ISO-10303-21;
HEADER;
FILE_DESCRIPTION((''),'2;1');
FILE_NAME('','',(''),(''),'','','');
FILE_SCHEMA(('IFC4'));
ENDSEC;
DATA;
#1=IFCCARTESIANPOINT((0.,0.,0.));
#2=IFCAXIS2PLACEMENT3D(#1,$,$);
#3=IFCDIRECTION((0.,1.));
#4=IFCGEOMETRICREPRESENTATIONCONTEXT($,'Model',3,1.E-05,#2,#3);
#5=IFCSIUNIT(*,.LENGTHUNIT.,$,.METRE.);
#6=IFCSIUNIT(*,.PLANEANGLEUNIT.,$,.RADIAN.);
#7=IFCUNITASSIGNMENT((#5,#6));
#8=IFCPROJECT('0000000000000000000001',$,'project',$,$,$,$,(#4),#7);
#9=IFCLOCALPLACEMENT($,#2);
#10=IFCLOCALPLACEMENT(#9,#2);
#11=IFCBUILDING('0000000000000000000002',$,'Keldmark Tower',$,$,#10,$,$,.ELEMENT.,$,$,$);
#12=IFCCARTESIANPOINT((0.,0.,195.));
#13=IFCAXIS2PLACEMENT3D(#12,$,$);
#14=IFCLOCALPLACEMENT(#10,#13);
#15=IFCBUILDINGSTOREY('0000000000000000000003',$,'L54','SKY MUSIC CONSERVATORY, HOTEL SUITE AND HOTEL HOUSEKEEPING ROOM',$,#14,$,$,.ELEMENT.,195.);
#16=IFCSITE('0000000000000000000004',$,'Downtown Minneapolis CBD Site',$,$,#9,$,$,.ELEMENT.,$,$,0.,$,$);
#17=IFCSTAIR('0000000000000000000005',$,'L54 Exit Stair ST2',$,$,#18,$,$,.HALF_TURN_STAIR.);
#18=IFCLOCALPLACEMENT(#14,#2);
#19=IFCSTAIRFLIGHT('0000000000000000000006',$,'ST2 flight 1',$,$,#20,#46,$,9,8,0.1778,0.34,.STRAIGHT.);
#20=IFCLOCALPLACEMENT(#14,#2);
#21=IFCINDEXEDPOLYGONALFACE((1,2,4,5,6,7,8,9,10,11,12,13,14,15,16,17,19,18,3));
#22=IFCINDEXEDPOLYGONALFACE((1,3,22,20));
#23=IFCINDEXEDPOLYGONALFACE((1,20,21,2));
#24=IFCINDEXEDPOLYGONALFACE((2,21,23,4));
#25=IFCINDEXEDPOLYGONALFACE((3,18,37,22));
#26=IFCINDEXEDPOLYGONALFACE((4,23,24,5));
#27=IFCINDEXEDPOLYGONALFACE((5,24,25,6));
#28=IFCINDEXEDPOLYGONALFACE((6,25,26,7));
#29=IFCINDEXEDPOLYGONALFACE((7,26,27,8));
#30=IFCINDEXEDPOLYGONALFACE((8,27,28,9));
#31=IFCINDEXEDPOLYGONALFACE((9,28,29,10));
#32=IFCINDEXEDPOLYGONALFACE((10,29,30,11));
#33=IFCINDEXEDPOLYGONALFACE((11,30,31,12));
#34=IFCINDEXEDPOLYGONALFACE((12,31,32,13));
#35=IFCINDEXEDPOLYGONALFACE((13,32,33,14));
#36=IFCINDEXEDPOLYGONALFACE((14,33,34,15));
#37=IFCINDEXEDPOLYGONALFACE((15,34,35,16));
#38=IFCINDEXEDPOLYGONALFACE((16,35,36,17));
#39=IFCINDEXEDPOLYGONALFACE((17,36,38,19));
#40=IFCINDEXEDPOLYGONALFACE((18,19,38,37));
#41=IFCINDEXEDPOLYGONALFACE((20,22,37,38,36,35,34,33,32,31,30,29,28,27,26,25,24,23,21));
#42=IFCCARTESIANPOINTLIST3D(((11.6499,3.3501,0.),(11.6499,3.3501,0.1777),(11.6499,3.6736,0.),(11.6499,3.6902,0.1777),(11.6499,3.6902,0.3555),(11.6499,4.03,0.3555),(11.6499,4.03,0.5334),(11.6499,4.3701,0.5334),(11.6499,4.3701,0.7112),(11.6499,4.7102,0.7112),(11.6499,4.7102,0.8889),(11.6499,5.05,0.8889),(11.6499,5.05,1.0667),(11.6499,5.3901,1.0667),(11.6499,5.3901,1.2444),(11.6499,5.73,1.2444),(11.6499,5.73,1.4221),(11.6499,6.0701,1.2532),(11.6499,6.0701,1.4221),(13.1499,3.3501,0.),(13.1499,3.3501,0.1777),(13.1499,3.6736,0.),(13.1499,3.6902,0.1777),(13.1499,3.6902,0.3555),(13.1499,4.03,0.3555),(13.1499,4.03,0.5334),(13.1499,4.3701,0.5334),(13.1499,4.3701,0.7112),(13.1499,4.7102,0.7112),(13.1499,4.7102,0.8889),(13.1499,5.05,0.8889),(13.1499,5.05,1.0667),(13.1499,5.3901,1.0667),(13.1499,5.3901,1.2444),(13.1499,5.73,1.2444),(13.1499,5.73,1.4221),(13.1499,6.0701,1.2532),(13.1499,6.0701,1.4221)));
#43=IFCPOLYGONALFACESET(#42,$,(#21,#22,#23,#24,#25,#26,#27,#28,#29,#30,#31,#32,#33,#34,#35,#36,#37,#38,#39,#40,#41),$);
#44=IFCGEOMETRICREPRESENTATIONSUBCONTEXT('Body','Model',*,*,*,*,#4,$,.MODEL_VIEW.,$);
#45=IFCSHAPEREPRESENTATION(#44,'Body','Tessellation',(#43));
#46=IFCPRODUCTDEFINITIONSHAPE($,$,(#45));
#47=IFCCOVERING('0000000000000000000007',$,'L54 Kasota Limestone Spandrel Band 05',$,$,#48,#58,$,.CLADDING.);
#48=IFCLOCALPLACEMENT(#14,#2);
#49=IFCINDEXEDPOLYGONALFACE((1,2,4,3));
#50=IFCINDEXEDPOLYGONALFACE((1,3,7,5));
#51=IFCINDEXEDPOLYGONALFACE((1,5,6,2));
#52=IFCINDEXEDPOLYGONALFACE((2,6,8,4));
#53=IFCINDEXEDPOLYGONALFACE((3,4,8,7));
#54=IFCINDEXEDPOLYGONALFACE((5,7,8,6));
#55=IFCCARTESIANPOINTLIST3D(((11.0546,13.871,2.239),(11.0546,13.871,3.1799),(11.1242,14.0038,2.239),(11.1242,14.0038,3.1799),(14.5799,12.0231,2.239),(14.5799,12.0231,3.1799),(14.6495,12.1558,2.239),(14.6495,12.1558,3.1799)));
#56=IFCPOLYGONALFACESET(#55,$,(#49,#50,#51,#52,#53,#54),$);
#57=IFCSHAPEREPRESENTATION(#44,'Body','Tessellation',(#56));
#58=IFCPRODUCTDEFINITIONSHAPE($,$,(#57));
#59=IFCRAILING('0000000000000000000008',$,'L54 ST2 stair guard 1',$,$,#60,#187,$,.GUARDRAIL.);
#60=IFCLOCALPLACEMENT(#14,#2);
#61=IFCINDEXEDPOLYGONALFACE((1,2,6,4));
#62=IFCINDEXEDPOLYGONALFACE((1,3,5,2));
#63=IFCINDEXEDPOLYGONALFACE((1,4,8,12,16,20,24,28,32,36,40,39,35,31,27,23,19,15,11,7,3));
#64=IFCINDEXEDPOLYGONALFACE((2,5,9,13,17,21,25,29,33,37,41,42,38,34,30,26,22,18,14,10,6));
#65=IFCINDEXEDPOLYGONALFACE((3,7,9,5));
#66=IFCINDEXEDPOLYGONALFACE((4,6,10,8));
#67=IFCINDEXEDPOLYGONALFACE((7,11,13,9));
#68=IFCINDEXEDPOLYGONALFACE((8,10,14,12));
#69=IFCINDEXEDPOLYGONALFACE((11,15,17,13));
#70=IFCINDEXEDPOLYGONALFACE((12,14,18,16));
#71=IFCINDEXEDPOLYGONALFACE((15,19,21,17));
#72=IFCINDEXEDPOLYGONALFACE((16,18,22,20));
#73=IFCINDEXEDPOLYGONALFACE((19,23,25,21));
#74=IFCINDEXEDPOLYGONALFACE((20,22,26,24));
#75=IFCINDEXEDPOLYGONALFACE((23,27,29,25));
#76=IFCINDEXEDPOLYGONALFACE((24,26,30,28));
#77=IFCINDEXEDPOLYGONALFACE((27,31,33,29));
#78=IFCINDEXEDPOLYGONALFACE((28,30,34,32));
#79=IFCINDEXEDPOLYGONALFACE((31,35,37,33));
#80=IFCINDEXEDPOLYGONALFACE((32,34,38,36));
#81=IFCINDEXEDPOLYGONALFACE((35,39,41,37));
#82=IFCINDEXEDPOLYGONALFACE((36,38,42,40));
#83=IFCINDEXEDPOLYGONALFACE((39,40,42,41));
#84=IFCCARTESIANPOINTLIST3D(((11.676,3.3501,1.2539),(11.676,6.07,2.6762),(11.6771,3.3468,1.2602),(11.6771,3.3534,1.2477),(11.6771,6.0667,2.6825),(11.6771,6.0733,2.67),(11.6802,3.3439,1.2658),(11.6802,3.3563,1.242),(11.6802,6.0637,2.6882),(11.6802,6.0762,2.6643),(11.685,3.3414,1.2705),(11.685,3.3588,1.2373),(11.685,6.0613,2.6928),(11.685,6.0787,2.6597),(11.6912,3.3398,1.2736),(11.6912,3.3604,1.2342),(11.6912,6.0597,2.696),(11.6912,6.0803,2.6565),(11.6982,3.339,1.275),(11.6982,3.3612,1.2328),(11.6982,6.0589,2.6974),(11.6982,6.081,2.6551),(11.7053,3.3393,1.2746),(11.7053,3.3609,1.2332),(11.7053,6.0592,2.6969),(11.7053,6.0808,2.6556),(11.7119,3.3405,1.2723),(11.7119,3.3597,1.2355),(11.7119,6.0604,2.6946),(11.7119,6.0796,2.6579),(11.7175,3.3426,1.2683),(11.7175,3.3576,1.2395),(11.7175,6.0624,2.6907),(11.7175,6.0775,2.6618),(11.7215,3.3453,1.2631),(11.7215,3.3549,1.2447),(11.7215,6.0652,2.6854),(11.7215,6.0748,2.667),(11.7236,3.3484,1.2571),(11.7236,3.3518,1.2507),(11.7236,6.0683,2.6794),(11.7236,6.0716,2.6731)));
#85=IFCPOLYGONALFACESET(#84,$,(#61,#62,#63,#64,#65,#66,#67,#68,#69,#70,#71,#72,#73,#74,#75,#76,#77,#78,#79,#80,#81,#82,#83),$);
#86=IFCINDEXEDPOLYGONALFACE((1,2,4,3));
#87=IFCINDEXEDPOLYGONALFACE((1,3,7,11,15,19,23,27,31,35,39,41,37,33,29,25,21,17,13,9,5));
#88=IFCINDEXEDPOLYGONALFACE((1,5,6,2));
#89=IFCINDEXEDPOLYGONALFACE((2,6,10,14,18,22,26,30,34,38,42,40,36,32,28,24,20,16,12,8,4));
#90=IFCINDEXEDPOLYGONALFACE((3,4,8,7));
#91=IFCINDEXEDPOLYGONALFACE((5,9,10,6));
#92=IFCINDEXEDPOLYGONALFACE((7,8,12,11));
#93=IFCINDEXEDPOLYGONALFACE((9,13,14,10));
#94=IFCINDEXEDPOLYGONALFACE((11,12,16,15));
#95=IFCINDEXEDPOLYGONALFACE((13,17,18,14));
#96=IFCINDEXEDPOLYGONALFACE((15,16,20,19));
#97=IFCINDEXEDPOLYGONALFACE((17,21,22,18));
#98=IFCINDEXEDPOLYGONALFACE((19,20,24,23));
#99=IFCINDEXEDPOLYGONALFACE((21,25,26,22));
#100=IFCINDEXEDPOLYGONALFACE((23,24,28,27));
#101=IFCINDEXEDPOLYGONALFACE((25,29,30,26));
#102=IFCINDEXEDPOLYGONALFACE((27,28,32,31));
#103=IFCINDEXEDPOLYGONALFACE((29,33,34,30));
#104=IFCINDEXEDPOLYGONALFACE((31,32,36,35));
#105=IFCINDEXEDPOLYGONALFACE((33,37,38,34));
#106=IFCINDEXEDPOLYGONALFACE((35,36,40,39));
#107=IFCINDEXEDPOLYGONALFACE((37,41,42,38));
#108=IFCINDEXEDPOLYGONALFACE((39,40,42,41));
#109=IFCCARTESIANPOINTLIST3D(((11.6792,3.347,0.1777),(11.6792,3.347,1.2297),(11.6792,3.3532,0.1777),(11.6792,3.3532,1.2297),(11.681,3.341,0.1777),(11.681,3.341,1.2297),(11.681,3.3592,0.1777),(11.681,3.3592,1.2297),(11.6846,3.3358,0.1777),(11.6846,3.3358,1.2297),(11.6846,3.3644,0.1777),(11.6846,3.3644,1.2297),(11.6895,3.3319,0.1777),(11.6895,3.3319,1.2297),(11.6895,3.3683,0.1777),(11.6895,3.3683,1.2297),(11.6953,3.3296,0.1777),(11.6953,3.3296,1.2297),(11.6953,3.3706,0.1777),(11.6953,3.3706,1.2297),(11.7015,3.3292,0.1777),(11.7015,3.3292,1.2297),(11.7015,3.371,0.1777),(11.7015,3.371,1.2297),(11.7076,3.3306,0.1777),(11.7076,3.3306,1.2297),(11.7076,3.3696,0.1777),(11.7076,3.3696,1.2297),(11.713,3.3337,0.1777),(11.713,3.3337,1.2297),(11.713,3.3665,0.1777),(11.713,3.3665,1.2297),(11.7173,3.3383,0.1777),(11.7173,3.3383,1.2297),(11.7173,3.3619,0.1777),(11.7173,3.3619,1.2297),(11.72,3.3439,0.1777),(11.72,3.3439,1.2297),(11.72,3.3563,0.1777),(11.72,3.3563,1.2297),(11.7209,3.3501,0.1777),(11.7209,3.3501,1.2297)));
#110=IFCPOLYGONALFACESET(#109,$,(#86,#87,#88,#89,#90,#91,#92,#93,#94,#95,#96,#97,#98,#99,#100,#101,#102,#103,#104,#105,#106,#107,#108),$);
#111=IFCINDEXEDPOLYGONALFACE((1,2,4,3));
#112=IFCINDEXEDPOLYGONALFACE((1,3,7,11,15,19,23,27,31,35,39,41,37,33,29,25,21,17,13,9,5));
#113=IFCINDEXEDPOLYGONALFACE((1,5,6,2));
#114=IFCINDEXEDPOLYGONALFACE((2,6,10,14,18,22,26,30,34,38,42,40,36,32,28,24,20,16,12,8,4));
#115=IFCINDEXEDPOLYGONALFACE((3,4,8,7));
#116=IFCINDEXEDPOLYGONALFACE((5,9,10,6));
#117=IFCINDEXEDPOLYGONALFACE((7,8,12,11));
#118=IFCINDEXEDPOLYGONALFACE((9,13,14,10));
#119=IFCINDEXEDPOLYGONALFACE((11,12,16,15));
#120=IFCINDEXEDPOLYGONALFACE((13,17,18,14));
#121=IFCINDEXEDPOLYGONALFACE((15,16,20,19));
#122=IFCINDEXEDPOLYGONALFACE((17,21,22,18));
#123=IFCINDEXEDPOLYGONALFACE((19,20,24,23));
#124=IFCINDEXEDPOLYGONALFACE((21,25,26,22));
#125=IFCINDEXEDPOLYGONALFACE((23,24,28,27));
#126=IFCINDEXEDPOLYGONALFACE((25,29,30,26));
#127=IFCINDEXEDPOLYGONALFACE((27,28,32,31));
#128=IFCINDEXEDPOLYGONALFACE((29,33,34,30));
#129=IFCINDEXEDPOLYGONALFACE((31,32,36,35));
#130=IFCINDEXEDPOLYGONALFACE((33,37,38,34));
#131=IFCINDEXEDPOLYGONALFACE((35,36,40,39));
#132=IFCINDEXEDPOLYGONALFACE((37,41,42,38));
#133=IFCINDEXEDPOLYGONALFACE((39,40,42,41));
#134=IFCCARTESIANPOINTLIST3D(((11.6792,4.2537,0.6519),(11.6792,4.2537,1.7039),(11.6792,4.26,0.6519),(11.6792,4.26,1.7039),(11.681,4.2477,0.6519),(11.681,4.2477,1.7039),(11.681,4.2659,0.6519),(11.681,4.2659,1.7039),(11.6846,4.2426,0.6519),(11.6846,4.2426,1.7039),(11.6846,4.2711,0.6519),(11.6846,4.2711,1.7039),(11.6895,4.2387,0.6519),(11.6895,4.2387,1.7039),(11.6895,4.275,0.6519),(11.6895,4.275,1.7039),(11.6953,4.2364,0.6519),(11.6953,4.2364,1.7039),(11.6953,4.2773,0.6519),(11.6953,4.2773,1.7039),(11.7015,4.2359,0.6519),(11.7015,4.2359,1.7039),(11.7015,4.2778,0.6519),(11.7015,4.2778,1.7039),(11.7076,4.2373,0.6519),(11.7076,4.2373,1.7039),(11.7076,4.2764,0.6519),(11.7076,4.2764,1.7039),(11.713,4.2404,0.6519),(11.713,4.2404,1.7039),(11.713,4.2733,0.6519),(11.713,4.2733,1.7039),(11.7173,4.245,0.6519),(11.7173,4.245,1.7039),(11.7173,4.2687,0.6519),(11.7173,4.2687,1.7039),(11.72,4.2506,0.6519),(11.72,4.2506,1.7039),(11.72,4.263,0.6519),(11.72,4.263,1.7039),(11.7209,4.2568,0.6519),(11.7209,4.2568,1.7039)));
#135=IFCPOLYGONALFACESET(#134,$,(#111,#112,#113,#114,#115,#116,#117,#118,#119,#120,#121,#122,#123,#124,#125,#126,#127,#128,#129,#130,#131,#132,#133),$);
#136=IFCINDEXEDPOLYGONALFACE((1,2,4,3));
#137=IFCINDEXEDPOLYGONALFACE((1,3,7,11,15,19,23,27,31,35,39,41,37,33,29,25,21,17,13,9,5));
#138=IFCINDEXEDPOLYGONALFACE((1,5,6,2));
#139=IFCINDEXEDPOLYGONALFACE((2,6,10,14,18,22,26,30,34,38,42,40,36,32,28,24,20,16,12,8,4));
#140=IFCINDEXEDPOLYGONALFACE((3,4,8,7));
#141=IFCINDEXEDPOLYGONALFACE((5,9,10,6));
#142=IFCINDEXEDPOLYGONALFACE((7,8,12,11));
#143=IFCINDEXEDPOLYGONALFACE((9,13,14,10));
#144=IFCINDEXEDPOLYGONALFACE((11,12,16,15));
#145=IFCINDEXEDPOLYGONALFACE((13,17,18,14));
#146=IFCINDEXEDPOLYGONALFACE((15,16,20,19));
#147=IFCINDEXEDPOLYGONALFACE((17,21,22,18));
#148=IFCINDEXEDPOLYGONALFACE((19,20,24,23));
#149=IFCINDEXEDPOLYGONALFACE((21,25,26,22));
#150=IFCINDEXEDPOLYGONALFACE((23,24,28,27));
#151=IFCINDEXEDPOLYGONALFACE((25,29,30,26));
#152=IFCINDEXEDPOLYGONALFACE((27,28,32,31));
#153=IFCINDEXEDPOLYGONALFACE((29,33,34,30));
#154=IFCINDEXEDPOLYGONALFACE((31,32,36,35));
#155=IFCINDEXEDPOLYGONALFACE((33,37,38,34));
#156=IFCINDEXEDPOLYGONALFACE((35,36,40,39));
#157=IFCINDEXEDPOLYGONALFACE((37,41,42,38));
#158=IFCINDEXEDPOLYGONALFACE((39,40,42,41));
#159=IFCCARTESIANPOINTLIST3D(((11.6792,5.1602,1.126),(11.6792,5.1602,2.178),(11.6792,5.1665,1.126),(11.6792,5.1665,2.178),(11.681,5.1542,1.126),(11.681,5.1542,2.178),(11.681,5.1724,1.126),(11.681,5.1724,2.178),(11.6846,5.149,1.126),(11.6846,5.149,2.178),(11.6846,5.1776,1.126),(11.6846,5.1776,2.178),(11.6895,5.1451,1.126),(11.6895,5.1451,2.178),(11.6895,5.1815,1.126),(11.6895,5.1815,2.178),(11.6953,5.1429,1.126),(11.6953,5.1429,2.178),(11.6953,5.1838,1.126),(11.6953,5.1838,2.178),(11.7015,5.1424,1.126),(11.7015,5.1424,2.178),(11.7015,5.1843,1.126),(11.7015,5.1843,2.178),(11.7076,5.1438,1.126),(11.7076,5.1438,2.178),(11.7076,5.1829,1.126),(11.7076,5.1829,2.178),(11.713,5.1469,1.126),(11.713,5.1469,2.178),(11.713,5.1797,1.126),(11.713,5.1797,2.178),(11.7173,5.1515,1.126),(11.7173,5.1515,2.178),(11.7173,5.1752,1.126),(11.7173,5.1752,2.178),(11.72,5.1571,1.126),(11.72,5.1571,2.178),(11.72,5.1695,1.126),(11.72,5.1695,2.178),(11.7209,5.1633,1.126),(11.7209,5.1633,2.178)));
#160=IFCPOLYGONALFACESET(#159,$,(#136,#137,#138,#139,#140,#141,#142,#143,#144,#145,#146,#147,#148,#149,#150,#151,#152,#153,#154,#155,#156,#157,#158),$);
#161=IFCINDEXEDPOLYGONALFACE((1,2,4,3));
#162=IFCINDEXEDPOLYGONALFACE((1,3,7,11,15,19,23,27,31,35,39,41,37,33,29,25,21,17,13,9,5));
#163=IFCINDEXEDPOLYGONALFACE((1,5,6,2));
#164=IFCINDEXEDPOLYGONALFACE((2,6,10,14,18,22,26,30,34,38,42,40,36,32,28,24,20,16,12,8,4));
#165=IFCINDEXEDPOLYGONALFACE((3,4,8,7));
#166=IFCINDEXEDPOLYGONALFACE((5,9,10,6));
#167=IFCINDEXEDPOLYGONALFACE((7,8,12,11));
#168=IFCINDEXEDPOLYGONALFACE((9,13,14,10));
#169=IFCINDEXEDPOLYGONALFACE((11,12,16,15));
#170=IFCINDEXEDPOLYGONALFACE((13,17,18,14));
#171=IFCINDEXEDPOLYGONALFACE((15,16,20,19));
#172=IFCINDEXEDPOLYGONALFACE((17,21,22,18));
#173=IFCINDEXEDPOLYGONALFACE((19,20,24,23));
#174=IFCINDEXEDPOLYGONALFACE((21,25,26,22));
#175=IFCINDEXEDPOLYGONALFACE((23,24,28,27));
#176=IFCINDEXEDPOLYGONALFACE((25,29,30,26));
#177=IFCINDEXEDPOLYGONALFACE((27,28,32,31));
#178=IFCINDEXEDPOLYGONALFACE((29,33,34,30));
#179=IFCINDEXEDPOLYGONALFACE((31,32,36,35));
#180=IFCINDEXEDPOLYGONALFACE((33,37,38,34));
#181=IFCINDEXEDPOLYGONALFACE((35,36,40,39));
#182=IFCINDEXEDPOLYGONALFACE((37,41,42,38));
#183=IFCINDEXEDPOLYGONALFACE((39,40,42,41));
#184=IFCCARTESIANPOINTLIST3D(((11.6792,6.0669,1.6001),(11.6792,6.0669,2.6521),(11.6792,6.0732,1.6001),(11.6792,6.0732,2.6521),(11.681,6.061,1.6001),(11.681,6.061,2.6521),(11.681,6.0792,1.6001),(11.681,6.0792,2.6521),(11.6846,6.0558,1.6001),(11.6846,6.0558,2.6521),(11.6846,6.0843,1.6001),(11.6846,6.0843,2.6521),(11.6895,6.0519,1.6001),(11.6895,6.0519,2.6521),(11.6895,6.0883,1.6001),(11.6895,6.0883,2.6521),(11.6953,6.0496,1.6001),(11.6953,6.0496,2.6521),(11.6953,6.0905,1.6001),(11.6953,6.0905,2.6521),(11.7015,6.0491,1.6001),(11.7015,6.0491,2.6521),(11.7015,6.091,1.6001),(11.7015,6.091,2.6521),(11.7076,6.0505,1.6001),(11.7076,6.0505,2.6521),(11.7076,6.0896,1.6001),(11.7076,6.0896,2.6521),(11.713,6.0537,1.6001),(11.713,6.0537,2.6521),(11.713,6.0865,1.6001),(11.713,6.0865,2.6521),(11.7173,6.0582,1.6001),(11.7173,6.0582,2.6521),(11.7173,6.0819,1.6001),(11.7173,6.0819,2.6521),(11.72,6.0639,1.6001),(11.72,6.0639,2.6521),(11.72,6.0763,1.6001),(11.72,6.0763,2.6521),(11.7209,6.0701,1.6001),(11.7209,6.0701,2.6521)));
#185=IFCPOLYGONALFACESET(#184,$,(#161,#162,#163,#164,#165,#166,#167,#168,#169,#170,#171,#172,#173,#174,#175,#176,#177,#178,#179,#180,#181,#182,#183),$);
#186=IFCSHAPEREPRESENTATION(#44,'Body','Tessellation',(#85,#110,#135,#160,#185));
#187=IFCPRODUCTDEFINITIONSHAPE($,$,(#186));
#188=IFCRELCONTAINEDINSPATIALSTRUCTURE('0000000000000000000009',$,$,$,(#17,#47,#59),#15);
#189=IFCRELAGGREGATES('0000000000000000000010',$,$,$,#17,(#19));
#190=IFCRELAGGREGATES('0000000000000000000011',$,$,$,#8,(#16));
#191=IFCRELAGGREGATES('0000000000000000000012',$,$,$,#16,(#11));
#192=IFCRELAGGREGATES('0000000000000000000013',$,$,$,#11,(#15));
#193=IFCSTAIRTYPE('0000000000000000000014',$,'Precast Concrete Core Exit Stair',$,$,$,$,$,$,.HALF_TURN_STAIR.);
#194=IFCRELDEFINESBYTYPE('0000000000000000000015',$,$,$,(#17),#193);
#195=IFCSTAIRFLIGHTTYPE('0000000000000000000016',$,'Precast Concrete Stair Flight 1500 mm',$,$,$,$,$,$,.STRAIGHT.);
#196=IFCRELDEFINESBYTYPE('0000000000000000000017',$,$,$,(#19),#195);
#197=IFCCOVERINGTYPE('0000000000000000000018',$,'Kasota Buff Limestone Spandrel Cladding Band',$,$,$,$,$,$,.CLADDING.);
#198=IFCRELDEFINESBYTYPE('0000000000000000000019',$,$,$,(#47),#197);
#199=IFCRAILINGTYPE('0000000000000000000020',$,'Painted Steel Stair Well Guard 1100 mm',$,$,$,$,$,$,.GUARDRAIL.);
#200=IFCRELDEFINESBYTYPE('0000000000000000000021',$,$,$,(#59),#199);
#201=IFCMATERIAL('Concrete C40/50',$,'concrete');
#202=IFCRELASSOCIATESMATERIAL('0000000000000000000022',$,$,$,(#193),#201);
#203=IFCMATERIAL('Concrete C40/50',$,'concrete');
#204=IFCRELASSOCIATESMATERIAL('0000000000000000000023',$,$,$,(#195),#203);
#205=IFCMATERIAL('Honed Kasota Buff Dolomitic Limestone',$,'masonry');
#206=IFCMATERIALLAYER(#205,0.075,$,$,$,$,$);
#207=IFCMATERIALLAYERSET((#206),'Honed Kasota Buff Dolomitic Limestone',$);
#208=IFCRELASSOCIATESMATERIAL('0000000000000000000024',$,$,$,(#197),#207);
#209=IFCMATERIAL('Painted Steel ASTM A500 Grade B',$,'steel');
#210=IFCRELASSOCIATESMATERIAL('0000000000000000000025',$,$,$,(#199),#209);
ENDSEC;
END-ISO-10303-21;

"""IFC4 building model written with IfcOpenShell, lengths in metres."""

from ifc_helpers import new_model, si_unit, direction, frame, origin, origin_2d, place, context, subcontext, project, spatial, polyline, rectangle, circle, outline, extrude, material, layer, layer_set, type_object, element, aggregate, save


model = new_model("IFC4")

# Units and contexts
model_context = context("Model", 3, precision=1e-05, world=origin(), true_north=direction((0.0, 1.0)))
body_context = subcontext(model_context, "Body", "Model", "MODEL_VIEW")
ifc_project = project(units=[si_unit("LENGTHUNIT", "METRE"), si_unit("PLANEANGLEUNIT", "RADIAN")], contexts=[model_context])

# Site, building, storey
site_placement = place(None, origin())
site = spatial("IfcSite", under=ifc_project, at=site_placement, Name="Downtown Minneapolis CBD Site", CompositionType="ELEMENT", RefElevation=0.0)
building_placement = place(site_placement, origin())
building = spatial("IfcBuilding", under=site, at=building_placement, Name="Keldmark Tower", CompositionType="ELEMENT")
storey_placement = place(building_placement, frame((0.0, 0.0, 195.0)))
storey = spatial("IfcBuildingStorey", under=building, at=storey_placement, Name="L54", Description="SKY MUSIC CONSERVATORY, HOTEL SUITE AND HOTEL HOUSEKEEPING ROOM", CompositionType="ELEMENT", Elevation=195.0)

# Stair, stair flight
ifc_material_1 = material(Name="Concrete C40/50", Category="concrete")
stair_type = type_object("IfcStairType", Name="Precast Concrete Core Exit Stair", PredefinedType="HALF_TURN_STAIR", material=ifc_material_1)
stair_placement = place(storey_placement, origin())
stair = element("IfcStair", 1, at=stair_placement, inside=storey, type_object=stair_type, Name="L54 Exit Stair ST2", PredefinedType="HALF_TURN_STAIR")
ifc_material_2 = material(Name="Concrete C40/50", Category="concrete")
stair_flight_type = type_object("IfcStairFlightType", Name="Precast Concrete Stair Flight 1500 mm", PredefinedType="STRAIGHT", material=ifc_material_2)
stair_flight_placement = place(storey_placement, frame((12.3999, 3.3501, 0.0), z_axis=(0.0, 0.0, 1.0), x_axis=(0.0, 1.0, 0.0)))
stair_flight = element("IfcStairFlight", 2, at=stair_flight_placement, type_object=stair_flight_type, Name="ST2 flight 1", NumberOfRisers=9, NumberOfTreads=8, PredefinedType="STRAIGHT", RiserHeight=0.1778, TreadLength=0.34, context=body_context, shape_type="SweptSolid", body=[
    extrude(outline(polyline([(0.0, 0.0), (0.0, 0.1777), (0.3401, 0.1777), (0.3401, 0.3555), (0.6799, 0.3555), (0.6799, 0.5334), (1.02, 0.5334), (1.02, 0.7112), (1.3601, 0.7112), (1.3601, 0.8889), (1.7, 0.8889), (1.7, 1.0667), (2.04, 1.0667), (2.04, 1.2444), (2.3799, 1.2444), (2.3799, 1.4221), (2.72, 1.4221), (2.72, 1.6001), (2.72, 1.2532), (0.3235, 0.0), (0.0, 0.0)])), frame((0.0, 0.75, 0.0), z_axis=(0.0, -1.0, 0.0), x_axis=(1.0, 0.0, 0.0)), (0.0, 0.0, 1.0), 1.5),
])
aggregate(stair, [stair_flight])

# Covering
ifc_material_3 = material(Name="Honed Kasota Buff Dolomitic Limestone", Category="masonry")
ifc_layer_1 = layer(ifc_material_3, 0.075)
ifc_layer_set_1 = layer_set([ifc_layer_1], Name="Honed Kasota Buff Dolomitic Limestone")
covering_type = type_object("IfcCoveringType", Name="Kasota Buff Limestone Spandrel Cladding Band", PredefinedType="CLADDING", material=ifc_layer_set_1)
covering_placement = place(storey_placement, frame((12.8521, 13.0134, 2.239), z_axis=(0.0, 0.0, 1.0), x_axis=(-0.885686, 0.464286, 0.0)))
element("IfcCovering", 3, at=covering_placement, inside=storey, type_object=covering_type, Name="L54 Kasota Limestone Spandrel Band 05", PredefinedType="CLADDING", context=body_context, shape_type="SweptSolid", body=[
    extrude(rectangle(XDim=3.9802, YDim=0.1499, at=origin_2d()), origin(), (0.0, 0.0, 1.0), 0.9409),
])

# Railing
ifc_material_4 = material(Name="Painted Steel ASTM A500 Grade B", Category="steel")
railing_type_1 = type_object("IfcRailingType", Name="Painted Steel Stair Well Guard 1100 mm", PredefinedType="GUARDRAIL", material=ifc_material_4)
railing_1_placement = place(storey_placement, frame((11.7, 3.3501, 0.1777)))
element("IfcRailing", 4, at=railing_1_placement, inside=storey, type_object=railing_type_1, Name="L54 ST2 stair guard 1", PredefinedType="GUARDRAIL", context=body_context, shape_type="SweptSolid", body=[
    extrude(circle(Radius=0.0239, at=origin_2d()), frame((0.0, 0.0, 1.0762), z_axis=(0.0, 0.88615, 0.463398), x_axis=(-1.0, 0.0, 0.0)), (0.0, 0.0, 1.0), 3.0693),
    extrude(circle(Radius=0.021, at=origin_2d()), origin(), (0.0, 0.0, 1.0), 1.052),
    extrude(circle(Radius=0.021, at=origin_2d()), frame((0.0, 0.9067, 0.4741)), (0.0, 0.0, 1.0), 1.052),
    extrude(circle(Radius=0.021, at=origin_2d()), frame((0.0, 1.8132, 0.9482)), (0.0, 0.0, 1.0), 1.052),
    extrude(circle(Radius=0.021, at=origin_2d()), frame((0.0, 2.72, 1.4224)), (0.0, 0.0, 1.0), 1.052),
])

save(model, "model.ifc")
